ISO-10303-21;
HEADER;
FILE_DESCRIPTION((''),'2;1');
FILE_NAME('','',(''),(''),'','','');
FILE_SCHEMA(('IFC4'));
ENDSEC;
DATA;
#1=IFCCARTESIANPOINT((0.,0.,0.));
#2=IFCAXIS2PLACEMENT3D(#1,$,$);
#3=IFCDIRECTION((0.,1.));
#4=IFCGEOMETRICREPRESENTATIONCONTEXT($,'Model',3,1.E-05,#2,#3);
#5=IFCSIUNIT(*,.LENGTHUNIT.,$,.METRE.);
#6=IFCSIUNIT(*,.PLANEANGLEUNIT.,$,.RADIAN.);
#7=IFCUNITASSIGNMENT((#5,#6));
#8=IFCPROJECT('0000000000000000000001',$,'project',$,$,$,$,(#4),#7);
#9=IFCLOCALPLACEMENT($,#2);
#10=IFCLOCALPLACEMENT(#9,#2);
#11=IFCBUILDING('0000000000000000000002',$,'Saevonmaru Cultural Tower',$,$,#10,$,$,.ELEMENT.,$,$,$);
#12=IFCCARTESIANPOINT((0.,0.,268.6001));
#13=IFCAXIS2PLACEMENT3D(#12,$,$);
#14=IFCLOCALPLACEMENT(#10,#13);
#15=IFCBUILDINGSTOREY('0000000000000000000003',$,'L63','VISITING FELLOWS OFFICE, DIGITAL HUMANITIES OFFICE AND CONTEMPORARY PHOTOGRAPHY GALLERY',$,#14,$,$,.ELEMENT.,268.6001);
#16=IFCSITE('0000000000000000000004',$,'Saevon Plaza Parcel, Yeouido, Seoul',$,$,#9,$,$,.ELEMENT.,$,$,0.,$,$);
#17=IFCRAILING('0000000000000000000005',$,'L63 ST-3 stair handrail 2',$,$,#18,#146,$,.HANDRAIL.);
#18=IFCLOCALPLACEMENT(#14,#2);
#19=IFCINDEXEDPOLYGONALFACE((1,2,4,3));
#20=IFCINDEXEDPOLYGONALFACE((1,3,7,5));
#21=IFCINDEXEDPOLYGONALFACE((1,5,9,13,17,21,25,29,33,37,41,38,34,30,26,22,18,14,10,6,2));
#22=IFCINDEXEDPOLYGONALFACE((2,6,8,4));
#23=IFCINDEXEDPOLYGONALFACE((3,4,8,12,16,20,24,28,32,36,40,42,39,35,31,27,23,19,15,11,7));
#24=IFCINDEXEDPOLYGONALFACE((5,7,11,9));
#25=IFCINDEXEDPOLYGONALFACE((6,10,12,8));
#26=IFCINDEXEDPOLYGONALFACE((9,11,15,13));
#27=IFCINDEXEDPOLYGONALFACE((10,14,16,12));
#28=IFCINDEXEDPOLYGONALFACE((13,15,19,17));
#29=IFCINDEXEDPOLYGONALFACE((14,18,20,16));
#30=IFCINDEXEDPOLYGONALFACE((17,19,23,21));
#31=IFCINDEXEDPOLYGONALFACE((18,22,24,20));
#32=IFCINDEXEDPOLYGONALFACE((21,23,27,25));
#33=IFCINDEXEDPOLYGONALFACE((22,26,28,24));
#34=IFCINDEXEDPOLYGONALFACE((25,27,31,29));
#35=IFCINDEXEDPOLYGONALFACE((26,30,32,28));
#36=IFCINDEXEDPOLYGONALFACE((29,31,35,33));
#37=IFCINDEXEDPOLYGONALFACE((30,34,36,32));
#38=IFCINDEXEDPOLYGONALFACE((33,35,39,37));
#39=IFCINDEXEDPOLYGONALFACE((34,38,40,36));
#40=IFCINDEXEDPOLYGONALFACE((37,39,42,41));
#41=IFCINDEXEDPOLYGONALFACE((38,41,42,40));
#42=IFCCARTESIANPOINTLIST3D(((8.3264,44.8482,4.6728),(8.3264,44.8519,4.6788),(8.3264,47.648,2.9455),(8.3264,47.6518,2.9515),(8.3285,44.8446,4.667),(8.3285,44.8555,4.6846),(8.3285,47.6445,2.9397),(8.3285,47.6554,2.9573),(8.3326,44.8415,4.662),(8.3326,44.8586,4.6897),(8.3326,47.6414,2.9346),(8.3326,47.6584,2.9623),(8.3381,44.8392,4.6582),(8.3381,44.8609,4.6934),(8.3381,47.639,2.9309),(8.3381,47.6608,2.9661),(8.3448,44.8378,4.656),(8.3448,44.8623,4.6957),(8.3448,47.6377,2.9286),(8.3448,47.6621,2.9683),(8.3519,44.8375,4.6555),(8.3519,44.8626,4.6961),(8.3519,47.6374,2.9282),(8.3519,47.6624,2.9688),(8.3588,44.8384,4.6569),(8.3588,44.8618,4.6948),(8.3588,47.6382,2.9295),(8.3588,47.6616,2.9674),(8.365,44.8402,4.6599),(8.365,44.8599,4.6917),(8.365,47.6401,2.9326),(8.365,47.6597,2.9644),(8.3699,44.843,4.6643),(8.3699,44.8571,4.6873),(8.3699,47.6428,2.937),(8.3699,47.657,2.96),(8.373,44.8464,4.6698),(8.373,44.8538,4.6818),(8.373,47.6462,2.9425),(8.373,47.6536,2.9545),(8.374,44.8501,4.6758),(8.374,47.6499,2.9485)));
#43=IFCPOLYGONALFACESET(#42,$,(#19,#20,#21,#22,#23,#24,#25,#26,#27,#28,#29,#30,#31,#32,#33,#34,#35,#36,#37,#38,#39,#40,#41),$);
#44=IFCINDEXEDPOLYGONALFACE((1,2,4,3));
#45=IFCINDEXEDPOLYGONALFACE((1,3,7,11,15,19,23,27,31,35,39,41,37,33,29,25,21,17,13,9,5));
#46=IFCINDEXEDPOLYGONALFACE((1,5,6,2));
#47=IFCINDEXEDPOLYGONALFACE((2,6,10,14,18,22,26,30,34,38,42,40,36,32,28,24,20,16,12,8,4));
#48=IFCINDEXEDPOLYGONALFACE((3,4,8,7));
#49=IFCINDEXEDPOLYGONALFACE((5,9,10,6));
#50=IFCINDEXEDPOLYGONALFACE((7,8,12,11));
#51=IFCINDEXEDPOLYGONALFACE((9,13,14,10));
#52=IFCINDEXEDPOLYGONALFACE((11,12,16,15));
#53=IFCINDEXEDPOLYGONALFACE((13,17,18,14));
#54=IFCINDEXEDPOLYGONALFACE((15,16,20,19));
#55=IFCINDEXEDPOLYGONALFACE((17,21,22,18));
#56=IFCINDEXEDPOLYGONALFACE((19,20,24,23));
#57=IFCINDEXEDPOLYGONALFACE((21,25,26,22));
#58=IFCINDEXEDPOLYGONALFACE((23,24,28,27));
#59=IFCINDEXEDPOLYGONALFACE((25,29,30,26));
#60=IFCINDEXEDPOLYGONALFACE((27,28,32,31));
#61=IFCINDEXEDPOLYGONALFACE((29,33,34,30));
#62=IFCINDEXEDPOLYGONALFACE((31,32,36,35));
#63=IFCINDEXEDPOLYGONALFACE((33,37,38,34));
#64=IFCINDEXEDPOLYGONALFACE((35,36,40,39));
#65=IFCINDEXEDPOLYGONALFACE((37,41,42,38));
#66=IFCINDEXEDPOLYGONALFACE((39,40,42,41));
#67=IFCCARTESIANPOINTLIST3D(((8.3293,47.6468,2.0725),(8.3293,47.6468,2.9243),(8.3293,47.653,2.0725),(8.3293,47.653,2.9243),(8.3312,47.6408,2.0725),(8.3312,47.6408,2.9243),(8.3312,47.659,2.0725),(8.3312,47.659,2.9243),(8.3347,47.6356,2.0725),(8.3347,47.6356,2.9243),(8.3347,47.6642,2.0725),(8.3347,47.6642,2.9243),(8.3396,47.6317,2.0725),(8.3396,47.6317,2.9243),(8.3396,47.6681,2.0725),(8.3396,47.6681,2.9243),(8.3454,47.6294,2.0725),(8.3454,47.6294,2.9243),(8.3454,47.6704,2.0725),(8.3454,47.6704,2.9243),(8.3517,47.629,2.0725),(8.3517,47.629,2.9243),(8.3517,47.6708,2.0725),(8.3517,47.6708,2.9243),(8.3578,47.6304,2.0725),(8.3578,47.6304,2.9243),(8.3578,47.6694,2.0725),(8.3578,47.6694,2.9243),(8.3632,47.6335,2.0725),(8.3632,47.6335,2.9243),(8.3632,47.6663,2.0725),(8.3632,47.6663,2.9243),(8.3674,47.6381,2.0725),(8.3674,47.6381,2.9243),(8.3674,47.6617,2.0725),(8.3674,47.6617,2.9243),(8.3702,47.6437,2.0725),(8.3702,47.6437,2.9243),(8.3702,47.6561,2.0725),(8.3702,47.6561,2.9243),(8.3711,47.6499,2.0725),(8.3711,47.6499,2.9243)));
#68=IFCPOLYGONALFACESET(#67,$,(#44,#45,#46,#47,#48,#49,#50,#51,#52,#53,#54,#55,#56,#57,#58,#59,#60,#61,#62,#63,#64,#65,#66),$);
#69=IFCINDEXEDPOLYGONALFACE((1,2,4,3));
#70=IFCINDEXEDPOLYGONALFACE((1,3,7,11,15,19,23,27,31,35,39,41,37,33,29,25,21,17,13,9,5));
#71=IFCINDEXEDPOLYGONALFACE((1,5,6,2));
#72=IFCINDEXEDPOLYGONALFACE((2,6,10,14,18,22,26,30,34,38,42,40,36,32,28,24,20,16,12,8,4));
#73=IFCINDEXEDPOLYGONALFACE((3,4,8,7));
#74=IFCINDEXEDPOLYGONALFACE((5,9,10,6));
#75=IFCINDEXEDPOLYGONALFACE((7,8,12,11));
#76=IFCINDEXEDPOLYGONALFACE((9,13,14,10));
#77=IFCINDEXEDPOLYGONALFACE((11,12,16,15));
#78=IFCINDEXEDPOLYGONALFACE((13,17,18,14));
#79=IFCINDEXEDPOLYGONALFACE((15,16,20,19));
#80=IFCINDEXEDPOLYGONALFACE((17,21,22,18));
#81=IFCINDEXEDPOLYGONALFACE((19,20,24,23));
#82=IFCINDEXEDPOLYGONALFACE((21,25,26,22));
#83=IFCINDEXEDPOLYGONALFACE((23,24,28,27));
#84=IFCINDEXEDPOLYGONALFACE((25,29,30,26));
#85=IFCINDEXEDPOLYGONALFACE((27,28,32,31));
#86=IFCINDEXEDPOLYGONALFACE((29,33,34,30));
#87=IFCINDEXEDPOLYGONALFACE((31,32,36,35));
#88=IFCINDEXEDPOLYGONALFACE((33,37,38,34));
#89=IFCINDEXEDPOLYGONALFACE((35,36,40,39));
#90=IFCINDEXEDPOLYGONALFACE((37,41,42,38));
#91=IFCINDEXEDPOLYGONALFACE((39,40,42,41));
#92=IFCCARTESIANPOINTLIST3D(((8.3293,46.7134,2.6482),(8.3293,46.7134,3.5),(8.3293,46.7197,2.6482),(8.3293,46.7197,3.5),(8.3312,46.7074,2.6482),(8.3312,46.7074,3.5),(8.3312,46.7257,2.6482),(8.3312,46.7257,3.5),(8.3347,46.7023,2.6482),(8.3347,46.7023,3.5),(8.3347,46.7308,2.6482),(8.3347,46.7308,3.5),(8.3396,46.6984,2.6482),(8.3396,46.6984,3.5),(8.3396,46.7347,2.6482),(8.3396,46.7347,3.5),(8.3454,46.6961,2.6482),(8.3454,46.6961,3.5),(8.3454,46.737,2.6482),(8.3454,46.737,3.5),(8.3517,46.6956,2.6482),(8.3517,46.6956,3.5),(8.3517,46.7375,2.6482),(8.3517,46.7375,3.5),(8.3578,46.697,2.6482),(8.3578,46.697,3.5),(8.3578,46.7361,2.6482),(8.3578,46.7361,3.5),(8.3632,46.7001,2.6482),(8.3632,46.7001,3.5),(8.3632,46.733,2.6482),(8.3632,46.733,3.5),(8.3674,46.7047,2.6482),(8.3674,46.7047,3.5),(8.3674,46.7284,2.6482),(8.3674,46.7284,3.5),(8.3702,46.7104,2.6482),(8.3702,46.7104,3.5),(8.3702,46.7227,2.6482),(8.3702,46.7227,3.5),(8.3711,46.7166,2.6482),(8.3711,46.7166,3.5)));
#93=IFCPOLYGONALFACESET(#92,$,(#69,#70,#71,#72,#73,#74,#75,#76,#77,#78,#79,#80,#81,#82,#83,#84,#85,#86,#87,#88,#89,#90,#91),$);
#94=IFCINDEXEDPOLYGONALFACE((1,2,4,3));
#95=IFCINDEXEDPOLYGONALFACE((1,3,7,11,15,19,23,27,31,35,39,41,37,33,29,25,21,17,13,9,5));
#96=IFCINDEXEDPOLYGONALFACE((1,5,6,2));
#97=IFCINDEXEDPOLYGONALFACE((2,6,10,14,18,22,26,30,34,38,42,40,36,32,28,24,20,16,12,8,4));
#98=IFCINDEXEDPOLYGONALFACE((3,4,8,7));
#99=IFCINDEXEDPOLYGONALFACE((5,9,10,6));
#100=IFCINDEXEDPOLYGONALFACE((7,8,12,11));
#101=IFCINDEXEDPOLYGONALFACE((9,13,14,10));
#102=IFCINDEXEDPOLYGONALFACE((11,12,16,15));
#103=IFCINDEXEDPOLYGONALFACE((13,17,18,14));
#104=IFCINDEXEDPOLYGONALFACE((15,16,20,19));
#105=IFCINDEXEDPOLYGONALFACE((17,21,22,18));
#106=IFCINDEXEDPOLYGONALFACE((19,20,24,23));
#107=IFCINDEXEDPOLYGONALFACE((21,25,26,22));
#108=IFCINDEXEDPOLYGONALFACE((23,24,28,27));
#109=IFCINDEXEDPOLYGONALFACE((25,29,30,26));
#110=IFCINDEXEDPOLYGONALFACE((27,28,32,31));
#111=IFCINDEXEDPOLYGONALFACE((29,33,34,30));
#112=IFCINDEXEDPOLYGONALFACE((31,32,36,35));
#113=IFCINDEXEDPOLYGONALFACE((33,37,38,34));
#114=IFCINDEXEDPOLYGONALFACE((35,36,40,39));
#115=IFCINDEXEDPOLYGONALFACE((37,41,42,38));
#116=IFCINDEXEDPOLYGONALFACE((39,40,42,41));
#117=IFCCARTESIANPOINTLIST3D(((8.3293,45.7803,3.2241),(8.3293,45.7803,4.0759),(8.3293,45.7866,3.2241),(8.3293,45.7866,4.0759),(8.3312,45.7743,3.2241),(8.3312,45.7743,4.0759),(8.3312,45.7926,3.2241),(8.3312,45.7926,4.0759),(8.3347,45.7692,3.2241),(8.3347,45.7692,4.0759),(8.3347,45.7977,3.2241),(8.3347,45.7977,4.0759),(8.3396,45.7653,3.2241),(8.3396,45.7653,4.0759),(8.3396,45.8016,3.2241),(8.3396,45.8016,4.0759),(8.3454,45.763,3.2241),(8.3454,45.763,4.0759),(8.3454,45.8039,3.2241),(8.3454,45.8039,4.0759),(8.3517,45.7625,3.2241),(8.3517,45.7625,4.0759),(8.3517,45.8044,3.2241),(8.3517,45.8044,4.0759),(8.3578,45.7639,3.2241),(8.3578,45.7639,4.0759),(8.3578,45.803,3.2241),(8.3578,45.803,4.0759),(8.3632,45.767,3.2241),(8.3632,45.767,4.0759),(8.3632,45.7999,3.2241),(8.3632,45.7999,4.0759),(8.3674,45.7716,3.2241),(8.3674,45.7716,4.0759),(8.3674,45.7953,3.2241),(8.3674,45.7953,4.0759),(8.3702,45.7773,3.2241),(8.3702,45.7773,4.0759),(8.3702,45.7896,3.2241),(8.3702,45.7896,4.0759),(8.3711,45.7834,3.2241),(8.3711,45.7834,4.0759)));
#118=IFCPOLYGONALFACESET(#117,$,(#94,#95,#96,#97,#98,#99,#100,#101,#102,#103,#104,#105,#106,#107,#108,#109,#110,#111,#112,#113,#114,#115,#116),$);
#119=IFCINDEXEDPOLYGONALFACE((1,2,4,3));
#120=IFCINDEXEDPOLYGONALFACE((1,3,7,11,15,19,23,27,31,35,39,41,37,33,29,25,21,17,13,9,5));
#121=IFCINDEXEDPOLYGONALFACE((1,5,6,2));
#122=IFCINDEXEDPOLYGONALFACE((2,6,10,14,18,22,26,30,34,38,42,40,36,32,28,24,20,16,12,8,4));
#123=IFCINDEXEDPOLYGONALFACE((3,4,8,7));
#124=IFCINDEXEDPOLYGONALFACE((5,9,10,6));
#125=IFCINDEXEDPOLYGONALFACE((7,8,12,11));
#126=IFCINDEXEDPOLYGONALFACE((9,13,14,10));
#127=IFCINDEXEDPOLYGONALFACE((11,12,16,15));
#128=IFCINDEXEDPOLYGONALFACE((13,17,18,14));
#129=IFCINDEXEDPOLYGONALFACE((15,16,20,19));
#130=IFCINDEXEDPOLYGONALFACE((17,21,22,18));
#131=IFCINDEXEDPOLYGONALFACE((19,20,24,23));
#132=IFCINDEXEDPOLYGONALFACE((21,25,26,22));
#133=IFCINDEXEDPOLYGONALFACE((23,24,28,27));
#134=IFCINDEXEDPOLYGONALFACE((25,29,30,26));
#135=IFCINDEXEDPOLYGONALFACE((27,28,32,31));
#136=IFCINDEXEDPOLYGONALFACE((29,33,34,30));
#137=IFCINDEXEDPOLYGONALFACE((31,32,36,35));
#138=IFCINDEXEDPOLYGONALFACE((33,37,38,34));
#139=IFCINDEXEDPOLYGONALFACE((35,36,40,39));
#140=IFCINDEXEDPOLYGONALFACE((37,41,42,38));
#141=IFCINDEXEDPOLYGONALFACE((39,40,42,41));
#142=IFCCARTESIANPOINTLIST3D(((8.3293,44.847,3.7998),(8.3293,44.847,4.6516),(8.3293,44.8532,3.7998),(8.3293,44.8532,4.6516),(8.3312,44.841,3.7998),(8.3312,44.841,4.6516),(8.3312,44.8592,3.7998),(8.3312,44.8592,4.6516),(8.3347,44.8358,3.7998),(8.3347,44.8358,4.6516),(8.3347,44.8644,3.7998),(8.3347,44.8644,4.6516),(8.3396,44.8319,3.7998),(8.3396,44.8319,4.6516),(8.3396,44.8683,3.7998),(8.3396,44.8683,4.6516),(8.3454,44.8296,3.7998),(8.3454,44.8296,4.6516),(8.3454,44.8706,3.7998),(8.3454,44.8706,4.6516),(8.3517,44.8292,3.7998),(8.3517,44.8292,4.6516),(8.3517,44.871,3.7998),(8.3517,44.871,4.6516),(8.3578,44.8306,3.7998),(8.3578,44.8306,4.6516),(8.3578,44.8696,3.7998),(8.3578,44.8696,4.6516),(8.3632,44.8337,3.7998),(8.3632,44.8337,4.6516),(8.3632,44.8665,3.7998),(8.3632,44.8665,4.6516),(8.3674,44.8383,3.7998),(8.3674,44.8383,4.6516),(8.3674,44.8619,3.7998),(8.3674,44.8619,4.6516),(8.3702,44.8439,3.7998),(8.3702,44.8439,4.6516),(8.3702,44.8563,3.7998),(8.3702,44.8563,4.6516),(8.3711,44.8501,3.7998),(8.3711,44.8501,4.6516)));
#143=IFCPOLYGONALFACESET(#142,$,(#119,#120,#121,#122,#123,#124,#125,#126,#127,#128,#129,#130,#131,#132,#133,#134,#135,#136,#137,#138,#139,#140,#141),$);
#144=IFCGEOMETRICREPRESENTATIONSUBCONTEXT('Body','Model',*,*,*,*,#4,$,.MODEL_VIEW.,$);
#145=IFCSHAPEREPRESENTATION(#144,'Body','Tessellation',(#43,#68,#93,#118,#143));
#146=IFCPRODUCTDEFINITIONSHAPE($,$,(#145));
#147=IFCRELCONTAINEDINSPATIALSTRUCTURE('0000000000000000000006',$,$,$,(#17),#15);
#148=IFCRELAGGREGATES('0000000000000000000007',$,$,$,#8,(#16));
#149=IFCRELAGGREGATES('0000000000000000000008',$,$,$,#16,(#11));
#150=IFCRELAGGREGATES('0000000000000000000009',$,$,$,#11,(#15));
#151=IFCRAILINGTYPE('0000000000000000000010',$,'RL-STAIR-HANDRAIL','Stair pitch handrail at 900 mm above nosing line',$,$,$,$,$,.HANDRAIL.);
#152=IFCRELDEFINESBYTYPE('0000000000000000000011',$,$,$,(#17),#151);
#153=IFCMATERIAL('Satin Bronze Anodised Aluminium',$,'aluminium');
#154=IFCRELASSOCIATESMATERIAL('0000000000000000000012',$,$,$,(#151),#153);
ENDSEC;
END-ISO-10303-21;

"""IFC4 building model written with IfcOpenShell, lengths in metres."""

from ifc_helpers import new_model, si_unit, direction, frame, origin, origin_2d, place, context, subcontext, project, spatial, circle, extrude, material, type_object, element, save


model = new_model("IFC4")

# Units and contexts
model_context = context("Model", 3, precision=1e-05, world=origin(), true_north=direction((0.0, 1.0)))
body_context = subcontext(model_context, "Body", "Model", "MODEL_VIEW")
ifc_project = project(units=[si_unit("LENGTHUNIT", "METRE"), si_unit("PLANEANGLEUNIT", "RADIAN")], contexts=[model_context])

# Site, building, storey
site_placement = place(None, origin())
site = spatial("IfcSite", under=ifc_project, at=site_placement, Name="Saevon Plaza Parcel, Yeouido, Seoul", CompositionType="ELEMENT", RefElevation=0.0)
building_placement = place(site_placement, origin())
building = spatial("IfcBuilding", under=site, at=building_placement, Name="Saevonmaru Cultural Tower", CompositionType="ELEMENT")
storey_placement = place(building_placement, frame((0.0, 0.0, 268.6001)))
storey = spatial("IfcBuildingStorey", under=building, at=storey_placement, Name="L63", Description="VISITING FELLOWS OFFICE, DIGITAL HUMANITIES OFFICE AND CONTEMPORARY PHOTOGRAPHY GALLERY", CompositionType="ELEMENT", Elevation=268.6001)

# Shared definitions
ifc_material_1 = material(Name="Satin Bronze Anodised Aluminium", Category="aluminium")

# Railing
railing_type_1 = type_object("IfcRailingType", Name="RL-STAIR-HANDRAIL", Description="Stair pitch handrail at 900 mm above nosing line", PredefinedType="HANDRAIL", material=ifc_material_1)
railing_1_placement = place(storey_placement, frame((8.3501, 47.6499, 2.0725)))
element("IfcRailing", 1, at=railing_1_placement, inside=storey, type_object=railing_type_1, Name="L63 ST-3 stair handrail 2", PredefinedType="HANDRAIL", context=body_context, shape_type="SweptSolid", body=[
    extrude(circle(Radius=0.0239, at=origin_2d()), frame((0.0, 0.0, 0.876), z_axis=(0.0, -0.851069, 0.525054), x_axis=(1.0, 0.0, 0.0)), (0.0, 0.0, 1.0), 3.2898),
    extrude(circle(Radius=0.021, at=origin_2d()), origin(), (0.0, 0.0, 1.0), 0.8518),
    extrude(circle(Radius=0.021, at=origin_2d()), frame((0.0, -0.9333, 0.5757)), (0.0, 0.0, 1.0), 0.8518),
    extrude(circle(Radius=0.021, at=origin_2d()), frame((0.0, -1.8665, 1.1516)), (0.0, 0.0, 1.0), 0.8518),
    extrude(circle(Radius=0.021, at=origin_2d()), frame((0.0, -2.7998, 1.7273)), (0.0, 0.0, 1.0), 0.8518),
])

save(model, "model.ifc")
